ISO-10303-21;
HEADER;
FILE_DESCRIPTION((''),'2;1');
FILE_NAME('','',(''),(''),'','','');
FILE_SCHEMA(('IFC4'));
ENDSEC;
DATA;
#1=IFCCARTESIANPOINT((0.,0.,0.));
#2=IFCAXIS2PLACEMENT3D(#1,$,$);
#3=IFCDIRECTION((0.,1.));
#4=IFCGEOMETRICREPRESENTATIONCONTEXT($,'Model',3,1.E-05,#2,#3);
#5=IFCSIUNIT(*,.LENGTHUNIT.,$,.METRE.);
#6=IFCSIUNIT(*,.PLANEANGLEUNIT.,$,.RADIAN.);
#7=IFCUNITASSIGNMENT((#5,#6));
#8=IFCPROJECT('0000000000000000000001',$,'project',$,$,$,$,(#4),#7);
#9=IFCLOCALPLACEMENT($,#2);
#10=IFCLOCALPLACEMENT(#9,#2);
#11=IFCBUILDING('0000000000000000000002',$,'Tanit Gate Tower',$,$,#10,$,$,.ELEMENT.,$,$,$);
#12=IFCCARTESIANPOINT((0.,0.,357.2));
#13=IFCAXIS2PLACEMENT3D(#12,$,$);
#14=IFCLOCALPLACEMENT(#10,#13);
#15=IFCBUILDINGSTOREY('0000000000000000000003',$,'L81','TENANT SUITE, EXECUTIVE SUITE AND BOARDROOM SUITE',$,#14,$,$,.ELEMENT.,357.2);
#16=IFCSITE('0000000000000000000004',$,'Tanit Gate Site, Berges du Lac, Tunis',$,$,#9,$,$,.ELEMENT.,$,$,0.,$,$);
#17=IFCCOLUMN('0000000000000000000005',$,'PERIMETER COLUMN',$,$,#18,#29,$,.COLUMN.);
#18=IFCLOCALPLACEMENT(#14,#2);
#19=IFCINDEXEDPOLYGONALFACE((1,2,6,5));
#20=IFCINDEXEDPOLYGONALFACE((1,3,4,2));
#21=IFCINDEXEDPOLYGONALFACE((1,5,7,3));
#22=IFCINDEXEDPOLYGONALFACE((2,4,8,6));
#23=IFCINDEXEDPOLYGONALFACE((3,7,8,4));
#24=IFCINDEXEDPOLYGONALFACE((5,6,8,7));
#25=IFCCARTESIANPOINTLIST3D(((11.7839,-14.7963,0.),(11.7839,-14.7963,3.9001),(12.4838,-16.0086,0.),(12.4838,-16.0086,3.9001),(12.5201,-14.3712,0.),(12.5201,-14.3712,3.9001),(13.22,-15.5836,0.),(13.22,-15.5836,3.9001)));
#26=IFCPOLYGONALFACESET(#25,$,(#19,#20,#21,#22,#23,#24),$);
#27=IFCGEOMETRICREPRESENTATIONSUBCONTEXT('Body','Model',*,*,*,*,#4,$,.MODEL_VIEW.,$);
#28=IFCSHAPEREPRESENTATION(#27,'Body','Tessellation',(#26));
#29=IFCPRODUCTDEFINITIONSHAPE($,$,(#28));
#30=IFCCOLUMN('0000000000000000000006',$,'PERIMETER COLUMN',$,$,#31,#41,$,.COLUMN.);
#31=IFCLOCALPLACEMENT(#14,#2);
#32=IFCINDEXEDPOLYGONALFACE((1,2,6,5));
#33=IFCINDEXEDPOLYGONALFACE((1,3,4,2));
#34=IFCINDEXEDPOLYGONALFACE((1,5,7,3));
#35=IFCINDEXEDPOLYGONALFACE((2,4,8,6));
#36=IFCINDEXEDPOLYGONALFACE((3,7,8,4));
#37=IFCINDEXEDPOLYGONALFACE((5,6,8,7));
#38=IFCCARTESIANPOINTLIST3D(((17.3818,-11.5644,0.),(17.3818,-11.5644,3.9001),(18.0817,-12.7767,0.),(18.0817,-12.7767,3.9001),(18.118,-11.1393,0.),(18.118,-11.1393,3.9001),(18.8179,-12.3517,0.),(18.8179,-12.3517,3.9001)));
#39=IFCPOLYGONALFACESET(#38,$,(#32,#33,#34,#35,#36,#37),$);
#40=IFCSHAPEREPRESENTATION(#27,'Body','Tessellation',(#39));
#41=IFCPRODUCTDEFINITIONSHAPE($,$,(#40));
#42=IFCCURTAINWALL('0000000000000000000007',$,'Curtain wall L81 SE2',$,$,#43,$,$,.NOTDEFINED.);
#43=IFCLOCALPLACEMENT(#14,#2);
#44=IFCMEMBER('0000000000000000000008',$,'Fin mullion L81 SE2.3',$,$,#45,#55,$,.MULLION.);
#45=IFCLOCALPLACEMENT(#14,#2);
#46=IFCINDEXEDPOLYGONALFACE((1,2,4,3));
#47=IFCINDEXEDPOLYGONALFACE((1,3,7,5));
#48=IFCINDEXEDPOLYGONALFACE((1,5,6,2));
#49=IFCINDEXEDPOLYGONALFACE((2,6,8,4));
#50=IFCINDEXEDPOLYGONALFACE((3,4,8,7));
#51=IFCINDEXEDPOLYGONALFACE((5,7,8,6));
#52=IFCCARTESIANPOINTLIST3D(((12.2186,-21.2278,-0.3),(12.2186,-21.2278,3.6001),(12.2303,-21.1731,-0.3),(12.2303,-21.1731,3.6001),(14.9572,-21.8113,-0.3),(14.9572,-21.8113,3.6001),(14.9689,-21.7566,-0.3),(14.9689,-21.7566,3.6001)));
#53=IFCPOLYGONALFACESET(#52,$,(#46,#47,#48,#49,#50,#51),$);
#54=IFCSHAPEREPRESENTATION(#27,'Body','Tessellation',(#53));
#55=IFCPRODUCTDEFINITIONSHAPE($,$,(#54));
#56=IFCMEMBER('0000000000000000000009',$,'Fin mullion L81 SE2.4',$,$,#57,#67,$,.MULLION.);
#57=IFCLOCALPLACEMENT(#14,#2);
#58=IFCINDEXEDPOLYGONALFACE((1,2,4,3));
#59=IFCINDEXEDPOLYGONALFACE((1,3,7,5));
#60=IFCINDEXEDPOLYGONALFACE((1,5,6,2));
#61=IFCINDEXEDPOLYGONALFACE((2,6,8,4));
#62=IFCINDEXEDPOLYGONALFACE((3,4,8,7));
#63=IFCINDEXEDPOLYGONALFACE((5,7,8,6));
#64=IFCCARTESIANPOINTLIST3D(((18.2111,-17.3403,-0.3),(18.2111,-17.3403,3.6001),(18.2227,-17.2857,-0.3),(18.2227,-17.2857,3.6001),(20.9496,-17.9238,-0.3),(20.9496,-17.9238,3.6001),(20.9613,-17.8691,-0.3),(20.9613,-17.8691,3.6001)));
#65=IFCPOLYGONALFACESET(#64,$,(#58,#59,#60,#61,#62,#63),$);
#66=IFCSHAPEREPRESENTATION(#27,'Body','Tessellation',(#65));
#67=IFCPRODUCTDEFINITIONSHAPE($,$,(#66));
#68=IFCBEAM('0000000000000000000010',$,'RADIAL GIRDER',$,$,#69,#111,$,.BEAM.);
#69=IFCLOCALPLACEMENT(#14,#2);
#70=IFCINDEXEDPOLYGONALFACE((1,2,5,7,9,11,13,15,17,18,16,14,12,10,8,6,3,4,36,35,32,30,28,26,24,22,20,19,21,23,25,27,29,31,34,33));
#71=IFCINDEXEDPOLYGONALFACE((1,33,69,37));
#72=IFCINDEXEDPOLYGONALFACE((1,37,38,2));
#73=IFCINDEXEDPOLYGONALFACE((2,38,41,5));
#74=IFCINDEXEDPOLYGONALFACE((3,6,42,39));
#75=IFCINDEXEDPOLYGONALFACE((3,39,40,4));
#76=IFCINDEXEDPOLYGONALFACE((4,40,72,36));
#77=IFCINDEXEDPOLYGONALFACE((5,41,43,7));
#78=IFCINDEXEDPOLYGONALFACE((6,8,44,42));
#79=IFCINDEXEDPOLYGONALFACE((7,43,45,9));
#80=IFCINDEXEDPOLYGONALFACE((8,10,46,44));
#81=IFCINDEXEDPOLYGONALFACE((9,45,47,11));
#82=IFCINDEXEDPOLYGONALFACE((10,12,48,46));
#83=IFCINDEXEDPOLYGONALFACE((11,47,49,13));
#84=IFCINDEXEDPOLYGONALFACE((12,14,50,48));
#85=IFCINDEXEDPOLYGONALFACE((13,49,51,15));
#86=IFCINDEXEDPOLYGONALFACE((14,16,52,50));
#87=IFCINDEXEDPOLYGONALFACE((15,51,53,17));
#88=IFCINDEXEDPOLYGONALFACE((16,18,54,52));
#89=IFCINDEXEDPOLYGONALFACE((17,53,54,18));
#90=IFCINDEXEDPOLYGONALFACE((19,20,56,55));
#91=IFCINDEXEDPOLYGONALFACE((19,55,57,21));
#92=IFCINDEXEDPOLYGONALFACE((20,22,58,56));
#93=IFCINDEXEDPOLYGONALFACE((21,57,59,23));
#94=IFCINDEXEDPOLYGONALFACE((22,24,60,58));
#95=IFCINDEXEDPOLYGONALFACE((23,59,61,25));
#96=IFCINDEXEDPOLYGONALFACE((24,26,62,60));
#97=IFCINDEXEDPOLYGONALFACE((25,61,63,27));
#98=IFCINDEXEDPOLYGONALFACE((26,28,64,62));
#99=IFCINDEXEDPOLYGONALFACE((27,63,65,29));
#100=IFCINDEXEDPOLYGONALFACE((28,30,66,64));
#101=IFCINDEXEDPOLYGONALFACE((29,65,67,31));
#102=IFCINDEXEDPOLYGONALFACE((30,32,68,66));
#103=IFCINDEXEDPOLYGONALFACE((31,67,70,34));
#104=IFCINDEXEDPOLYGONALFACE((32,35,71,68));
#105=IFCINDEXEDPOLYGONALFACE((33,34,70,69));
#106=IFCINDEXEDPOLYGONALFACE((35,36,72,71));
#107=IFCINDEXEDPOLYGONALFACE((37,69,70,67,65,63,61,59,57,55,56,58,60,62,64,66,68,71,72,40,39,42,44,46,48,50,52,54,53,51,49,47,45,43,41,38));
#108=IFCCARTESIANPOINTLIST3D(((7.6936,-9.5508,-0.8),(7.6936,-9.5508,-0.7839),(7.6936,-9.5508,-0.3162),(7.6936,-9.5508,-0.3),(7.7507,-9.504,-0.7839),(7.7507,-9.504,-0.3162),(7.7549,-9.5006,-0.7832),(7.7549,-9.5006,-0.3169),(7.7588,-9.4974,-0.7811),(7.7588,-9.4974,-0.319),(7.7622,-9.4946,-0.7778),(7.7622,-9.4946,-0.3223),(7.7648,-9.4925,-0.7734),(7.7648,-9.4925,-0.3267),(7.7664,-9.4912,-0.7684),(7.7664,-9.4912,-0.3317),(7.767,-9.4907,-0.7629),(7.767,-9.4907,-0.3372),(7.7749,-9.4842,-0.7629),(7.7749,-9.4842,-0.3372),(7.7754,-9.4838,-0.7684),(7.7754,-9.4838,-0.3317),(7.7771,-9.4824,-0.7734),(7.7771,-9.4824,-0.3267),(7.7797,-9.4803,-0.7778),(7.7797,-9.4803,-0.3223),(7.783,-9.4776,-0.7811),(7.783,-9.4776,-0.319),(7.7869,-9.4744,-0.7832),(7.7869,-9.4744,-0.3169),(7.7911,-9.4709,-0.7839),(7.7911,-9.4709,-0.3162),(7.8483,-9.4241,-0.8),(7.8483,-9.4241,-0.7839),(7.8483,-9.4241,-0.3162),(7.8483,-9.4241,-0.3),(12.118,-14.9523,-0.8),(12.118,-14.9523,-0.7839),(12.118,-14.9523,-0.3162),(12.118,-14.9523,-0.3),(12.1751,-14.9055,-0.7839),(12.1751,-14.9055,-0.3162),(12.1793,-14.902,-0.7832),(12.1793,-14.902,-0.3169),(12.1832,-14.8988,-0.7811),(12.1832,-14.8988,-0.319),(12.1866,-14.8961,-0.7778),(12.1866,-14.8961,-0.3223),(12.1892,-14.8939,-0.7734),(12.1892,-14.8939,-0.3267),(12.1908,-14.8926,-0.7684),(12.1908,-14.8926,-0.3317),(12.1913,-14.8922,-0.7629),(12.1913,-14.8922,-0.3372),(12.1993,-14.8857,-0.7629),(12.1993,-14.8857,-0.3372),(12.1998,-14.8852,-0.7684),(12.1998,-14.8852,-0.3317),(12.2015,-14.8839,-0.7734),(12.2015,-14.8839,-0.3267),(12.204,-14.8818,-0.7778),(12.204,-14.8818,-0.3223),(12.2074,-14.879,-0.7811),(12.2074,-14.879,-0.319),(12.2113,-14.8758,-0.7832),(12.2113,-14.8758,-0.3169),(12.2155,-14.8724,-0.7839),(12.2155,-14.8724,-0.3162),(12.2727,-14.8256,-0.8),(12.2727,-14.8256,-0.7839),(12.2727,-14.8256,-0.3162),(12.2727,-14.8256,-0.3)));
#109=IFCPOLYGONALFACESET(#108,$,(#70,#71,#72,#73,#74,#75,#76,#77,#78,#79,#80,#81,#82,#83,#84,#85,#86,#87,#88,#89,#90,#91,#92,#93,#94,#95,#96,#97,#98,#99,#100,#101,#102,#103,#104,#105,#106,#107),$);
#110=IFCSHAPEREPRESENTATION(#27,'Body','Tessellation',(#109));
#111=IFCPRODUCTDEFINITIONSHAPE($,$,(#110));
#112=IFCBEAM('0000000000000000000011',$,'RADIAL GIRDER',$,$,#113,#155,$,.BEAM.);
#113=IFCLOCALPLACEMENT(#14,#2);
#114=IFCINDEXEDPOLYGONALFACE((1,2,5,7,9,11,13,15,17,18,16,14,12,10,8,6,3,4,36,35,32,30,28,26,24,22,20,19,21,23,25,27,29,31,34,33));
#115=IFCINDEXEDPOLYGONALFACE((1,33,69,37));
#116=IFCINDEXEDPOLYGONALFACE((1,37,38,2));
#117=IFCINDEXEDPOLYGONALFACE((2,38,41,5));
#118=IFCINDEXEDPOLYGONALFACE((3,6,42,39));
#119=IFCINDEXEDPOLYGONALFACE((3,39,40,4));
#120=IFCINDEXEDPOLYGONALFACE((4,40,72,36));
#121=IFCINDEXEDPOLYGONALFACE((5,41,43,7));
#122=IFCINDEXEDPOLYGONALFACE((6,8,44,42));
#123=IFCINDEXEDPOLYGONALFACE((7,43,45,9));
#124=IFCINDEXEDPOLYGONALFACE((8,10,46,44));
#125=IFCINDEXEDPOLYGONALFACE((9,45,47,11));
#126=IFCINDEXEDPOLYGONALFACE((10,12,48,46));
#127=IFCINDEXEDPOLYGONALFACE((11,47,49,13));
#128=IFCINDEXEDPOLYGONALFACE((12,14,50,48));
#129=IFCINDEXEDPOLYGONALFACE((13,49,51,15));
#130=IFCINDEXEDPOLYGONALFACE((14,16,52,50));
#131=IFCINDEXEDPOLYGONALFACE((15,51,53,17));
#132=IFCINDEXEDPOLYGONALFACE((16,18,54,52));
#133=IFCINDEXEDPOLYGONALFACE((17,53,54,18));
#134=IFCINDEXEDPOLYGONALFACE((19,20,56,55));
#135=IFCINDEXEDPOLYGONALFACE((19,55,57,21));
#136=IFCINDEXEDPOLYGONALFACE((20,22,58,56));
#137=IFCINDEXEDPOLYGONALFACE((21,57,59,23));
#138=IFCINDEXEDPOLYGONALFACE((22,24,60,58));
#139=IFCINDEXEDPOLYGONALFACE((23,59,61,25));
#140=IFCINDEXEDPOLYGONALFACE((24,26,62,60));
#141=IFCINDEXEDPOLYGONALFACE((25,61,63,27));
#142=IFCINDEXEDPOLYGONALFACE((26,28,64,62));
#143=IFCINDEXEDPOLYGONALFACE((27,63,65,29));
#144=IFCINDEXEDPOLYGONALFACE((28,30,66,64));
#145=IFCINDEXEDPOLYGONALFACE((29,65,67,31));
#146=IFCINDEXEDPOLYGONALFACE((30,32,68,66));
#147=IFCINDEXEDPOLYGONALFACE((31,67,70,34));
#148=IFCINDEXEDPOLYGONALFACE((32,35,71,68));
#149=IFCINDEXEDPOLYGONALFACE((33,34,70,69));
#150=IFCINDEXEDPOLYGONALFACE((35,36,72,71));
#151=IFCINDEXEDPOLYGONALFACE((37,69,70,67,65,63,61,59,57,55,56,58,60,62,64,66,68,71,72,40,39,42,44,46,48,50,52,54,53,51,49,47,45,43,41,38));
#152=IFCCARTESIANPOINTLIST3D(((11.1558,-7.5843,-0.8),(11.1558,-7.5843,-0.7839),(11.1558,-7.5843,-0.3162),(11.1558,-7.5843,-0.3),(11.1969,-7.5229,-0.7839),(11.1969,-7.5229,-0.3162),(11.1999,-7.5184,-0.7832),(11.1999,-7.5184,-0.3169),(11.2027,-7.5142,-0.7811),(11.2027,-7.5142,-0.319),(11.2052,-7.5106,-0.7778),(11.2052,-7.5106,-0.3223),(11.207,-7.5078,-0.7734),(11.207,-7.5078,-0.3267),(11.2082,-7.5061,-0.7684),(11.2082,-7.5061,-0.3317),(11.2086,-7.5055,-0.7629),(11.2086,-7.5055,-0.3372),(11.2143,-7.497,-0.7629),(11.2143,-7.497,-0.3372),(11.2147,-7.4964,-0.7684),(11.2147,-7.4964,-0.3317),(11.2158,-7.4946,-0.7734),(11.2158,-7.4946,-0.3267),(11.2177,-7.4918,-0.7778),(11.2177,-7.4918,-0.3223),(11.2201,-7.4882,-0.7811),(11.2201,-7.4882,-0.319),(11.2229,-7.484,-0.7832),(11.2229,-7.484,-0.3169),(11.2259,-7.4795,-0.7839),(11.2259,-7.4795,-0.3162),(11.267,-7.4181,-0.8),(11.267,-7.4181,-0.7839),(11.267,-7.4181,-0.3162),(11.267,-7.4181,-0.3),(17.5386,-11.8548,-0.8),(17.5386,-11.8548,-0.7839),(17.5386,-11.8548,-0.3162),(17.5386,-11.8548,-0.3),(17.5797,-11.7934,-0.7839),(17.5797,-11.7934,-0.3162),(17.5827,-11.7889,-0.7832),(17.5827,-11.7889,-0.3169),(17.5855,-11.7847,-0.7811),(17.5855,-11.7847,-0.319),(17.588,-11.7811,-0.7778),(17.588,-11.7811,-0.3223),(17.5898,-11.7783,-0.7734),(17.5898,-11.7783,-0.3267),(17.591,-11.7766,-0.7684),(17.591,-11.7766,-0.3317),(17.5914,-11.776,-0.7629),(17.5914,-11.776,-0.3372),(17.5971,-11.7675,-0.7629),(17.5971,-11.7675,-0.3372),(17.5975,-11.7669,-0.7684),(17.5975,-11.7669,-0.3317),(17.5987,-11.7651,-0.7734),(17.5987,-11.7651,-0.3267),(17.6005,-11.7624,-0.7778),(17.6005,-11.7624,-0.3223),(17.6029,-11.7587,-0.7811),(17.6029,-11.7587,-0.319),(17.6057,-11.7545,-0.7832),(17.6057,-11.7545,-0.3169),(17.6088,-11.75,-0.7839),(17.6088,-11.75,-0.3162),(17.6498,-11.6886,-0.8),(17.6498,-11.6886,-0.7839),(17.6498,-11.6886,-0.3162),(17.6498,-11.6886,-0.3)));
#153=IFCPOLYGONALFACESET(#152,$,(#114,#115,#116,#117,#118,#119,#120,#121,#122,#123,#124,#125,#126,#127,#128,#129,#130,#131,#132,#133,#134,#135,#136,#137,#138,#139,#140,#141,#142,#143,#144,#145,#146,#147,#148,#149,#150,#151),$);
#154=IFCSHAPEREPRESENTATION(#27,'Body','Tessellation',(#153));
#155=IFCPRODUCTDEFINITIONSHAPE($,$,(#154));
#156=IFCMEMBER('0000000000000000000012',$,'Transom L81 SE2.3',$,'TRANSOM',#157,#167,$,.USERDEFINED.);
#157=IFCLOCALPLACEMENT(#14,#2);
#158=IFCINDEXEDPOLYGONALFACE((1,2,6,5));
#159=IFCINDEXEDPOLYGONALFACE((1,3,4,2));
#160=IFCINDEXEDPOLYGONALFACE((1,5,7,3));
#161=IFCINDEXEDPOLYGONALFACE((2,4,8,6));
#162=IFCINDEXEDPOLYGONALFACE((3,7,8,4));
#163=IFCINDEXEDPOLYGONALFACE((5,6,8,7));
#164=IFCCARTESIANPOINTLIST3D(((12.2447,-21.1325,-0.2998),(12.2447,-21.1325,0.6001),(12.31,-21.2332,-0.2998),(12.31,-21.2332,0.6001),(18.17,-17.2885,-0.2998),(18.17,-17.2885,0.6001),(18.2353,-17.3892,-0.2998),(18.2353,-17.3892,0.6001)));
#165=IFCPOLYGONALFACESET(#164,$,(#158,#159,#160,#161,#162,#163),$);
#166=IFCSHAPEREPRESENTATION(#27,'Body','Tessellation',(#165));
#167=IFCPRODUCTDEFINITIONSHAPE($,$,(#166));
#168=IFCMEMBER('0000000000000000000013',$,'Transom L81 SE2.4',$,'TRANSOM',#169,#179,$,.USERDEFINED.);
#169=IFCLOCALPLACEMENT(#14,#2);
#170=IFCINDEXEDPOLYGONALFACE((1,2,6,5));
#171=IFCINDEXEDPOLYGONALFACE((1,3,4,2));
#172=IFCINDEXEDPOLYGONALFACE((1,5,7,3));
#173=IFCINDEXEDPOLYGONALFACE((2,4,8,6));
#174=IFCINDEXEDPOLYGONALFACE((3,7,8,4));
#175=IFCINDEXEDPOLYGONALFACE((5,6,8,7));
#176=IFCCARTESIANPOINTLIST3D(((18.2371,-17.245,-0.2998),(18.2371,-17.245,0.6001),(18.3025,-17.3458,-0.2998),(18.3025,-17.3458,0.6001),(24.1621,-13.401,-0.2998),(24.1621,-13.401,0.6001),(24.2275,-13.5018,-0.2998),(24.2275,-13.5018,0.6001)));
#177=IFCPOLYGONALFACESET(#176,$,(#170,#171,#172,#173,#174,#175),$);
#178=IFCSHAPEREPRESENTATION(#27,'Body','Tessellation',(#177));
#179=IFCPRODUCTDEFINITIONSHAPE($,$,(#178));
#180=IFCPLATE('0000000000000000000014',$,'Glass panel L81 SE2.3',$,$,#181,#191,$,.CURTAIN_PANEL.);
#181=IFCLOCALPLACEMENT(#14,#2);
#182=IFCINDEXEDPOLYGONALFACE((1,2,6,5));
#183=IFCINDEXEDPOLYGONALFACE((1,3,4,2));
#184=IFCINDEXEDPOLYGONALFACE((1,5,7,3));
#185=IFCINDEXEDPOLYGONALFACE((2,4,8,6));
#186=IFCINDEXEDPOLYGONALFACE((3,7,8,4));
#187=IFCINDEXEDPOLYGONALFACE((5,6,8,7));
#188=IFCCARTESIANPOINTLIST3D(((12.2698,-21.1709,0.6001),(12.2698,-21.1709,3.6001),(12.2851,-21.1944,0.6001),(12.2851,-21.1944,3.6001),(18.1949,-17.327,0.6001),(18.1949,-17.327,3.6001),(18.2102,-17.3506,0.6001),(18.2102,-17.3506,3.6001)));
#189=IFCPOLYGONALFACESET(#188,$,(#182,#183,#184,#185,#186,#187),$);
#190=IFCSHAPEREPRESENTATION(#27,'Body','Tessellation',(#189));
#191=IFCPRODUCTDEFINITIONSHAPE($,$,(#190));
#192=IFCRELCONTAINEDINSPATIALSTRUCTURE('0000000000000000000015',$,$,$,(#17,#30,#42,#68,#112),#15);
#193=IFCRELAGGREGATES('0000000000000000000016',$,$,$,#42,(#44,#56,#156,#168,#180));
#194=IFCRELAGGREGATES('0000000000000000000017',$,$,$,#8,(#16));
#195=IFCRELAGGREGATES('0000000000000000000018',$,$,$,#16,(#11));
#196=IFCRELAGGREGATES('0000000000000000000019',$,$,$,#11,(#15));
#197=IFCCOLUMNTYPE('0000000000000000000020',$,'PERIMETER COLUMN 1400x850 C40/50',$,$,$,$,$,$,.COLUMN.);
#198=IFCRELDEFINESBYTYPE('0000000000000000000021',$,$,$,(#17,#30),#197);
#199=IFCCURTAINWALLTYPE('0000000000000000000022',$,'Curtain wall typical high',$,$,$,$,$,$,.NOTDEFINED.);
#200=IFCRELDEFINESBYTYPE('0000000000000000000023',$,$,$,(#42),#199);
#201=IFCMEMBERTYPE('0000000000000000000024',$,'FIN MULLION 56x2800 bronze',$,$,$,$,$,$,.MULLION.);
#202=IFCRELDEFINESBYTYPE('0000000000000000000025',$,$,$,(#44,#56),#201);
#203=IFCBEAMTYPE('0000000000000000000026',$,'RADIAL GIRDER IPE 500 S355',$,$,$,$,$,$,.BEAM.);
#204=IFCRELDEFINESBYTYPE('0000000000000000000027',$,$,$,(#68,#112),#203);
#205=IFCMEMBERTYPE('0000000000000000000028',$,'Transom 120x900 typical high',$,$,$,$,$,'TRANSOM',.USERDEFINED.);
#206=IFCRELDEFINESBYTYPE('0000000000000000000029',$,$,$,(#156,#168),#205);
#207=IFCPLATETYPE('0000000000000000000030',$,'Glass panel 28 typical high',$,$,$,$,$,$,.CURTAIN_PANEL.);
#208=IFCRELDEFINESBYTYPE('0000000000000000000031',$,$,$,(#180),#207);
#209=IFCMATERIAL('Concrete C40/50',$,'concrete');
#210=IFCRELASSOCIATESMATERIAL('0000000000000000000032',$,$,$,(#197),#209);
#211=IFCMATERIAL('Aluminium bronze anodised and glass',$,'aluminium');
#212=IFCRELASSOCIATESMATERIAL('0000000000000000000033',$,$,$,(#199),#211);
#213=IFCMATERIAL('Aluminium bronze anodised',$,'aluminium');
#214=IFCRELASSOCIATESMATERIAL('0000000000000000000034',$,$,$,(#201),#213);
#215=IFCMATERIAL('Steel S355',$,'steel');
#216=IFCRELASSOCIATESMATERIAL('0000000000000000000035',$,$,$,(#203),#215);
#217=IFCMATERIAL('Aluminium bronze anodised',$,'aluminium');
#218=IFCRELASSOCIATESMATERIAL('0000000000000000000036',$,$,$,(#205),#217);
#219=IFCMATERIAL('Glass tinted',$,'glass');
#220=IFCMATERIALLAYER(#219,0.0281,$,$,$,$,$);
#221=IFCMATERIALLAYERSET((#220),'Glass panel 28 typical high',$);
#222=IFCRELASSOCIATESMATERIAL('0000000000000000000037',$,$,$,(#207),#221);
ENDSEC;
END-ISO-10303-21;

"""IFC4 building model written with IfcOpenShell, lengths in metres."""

from ifc_helpers import new_model, si_unit, direction, frame, origin, origin_2d, place, context, subcontext, project, spatial, rectangle, i_section, extrude, material, layer, layer_set, material_profile, profile_set, type_object, element, aggregate, save


model = new_model("IFC4")

# Units and contexts
model_context = context("Model", 3, precision=1e-05, world=origin(), true_north=direction((0.0, 1.0)))
body_context = subcontext(model_context, "Body", "Model", "MODEL_VIEW")
ifc_project = project(units=[si_unit("LENGTHUNIT", "METRE"), si_unit("PLANEANGLEUNIT", "RADIAN")], contexts=[model_context])

# Site, building, storey
site_placement = place(None, origin())
site = spatial("IfcSite", under=ifc_project, at=site_placement, Name="Tanit Gate Site, Berges du Lac, Tunis", CompositionType="ELEMENT", RefElevation=0.0)
building_placement = place(site_placement, origin())
building = spatial("IfcBuilding", under=site, at=building_placement, Name="Tanit Gate Tower", CompositionType="ELEMENT")
storey_placement = place(building_placement, frame((0.0, 0.0, 357.2)))
storey = spatial("IfcBuildingStorey", under=building, at=storey_placement, Name="L81", Description="TENANT SUITE, EXECUTIVE SUITE AND BOARDROOM SUITE", CompositionType="ELEMENT", Elevation=357.2)

# Columns
ifc_material_1 = material(Name="Concrete C40/50", Category="concrete")
ifc_material_profile_1 = material_profile(ifc_material_1, rectangle(XDim=1.3999, YDim=0.8501, at=origin_2d()), Name="RC 1400x850")
ifc_profile_set_1 = profile_set([ifc_material_profile_1], Name="Concrete C40/50")
column_type = type_object("IfcColumnType", Name="PERIMETER COLUMN 1400x850 C40/50", PredefinedType="COLUMN", material=ifc_profile_set_1)
for number, where, z_axis, x_axis, name in (
    (1, (12.502, -15.1899, 0.0), (0.0, 0.0, 1.0), (0.5, -0.866025, 0.0), "PERIMETER COLUMN"),
    (2, (18.0999, -11.958, 0.0), (0.0, 0.0, 1.0), (0.5, -0.866025, 0.0), "PERIMETER COLUMN"),
):
    element("IfcColumn", number, at=place(storey_placement, frame(where, z_axis=z_axis, x_axis=x_axis)), inside=storey, type_object=column_type, Name=name, PredefinedType="COLUMN", context=body_context, shape_type="SweptSolid", body=[
        extrude(rectangle(XDim=1.3999, YDim=0.8501, at=origin_2d()), origin(), (0.0, 0.0, 1.0), 3.9001),
    ])

# Curtain wall, members
ifc_material_2 = material(Name="Aluminium bronze anodised and glass", Category="aluminium")
curtain_wall_type = type_object("IfcCurtainWallType", Name="Curtain wall typical high", PredefinedType="NOTDEFINED", material=ifc_material_2)
curtain_wall_placement = place(storey_placement, origin())
curtain_wall = element("IfcCurtainWall", 3, at=curtain_wall_placement, inside=storey, type_object=curtain_wall_type, Name="Curtain wall L81 SE2", PredefinedType="NOTDEFINED")
ifc_material_3 = material(Name="Aluminium bronze anodised", Category="aluminium")
ifc_material_profile_2 = material_profile(ifc_material_3, rectangle(XDim=2.8, YDim=0.0559, at=origin_2d()), Name="56x2800 bronze fin mullion")
ifc_profile_set_2 = profile_set([ifc_material_profile_2], Name="Aluminium bronze anodised")
member_type_1 = type_object("IfcMemberType", Name="FIN MULLION 56x2800 bronze", PredefinedType="MULLION", material=ifc_profile_set_2)
member_1_placement = place(storey_placement, frame((13.5938, -21.4922, -0.3), z_axis=(0.0, 0.0, 1.0), x_axis=(-0.978049, 0.208373, 0.0)))
member_1 = element("IfcMember", 4, at=member_1_placement, type_object=member_type_1, Name="Fin mullion L81 SE2.3", PredefinedType="MULLION", context=body_context, shape_type="SweptSolid", body=[
    extrude(rectangle(XDim=2.8, YDim=0.0559, at=origin_2d()), origin(), (0.0, 0.0, 1.0), 3.9001),
])
member_2_placement = place(storey_placement, frame((19.5862, -17.6047, -0.3), z_axis=(0.0, 0.0, 1.0), x_axis=(-0.978049, 0.208373, 0.0)))
member_2 = element("IfcMember", 5, at=member_2_placement, type_object=member_type_1, Name="Fin mullion L81 SE2.4", PredefinedType="MULLION", context=body_context, shape_type="SweptSolid", body=[
    extrude(rectangle(XDim=2.8, YDim=0.0559, at=origin_2d()), origin(), (0.0, 0.0, 1.0), 3.9001),
])

# Beams
ifc_material_4 = material(Name="Steel S355", Category="steel")
ifc_material_profile_3 = material_profile(ifc_material_4, i_section(OverallWidth=0.2, OverallDepth=0.5, WebThickness=0.0103, FlangeThickness=0.0161, FilletRadius=0.021, at=origin_2d()), Name="IPE 500")
ifc_profile_set_3 = profile_set([ifc_material_profile_3], Name="Steel S355")
beam_type = type_object("IfcBeamType", Name="RADIAL GIRDER IPE 500 S355", PredefinedType="BEAM", material=ifc_profile_set_3)
beam_1_placement = place(storey_placement, frame((12.1953, -14.8889, -0.55), z_axis=(-0.633668, 0.773605, 0.0), x_axis=(-0.773605, -0.633668, 0.0)))
element("IfcBeam", 6, at=beam_1_placement, inside=storey, type_object=beam_type, Name="RADIAL GIRDER", PredefinedType="BEAM", context=body_context, shape_type="SweptSolid", body=[
    extrude(i_section(OverallWidth=0.2, OverallDepth=0.5, WebThickness=0.0103, FlangeThickness=0.0161, FilletRadius=0.021, at=origin_2d()), origin(), (0.0, 0.0, 1.0), 6.9822),
])
beam_2_placement = place(storey_placement, frame((17.5942, -11.7717, -0.55), z_axis=(-0.83113, 0.556079, 0.0), x_axis=(-0.556079, -0.83113, 0.0)))
element("IfcBeam", 7, at=beam_2_placement, inside=storey, type_object=beam_type, Name="RADIAL GIRDER", PredefinedType="BEAM", context=body_context, shape_type="SweptSolid", body=[
    extrude(i_section(OverallWidth=0.2, OverallDepth=0.5, WebThickness=0.0103, FlangeThickness=0.0161, FilletRadius=0.021, at=origin_2d()), origin(), (0.0, 0.0, 1.0), 7.6797),
])

# Members
ifc_material_5 = material(Name="Aluminium bronze anodised", Category="aluminium")
ifc_material_profile_4 = material_profile(ifc_material_5, rectangle(XDim=0.1201, YDim=0.8999, at=origin_2d()), Name="120x900 bronze transom")
ifc_profile_set_4 = profile_set([ifc_material_profile_4], Name="Aluminium bronze anodised")
member_type_2 = type_object("IfcMemberType", Name="Transom 120x900 typical high", ElementType="TRANSOM", PredefinedType="USERDEFINED", material=ifc_profile_set_4)
member_3_placement = place(storey_placement, frame((12.2773, -21.1829, 0.1501), z_axis=(0.838925, 0.544247, 0.0), x_axis=(-0.544247, 0.838925, 0.0)))
member_3 = element("IfcMember", 8, at=member_3_placement, type_object=member_type_2, Name="Transom L81 SE2.3", ObjectType="TRANSOM", PredefinedType="USERDEFINED", context=body_context, shape_type="SweptSolid", body=[
    extrude(rectangle(XDim=0.1201, YDim=0.8999, at=origin_2d()), origin(), (0.0, 0.0, 1.0), 7.063),
])
member_4_placement = place(storey_placement, frame((18.2698, -17.2954, 0.1501), z_axis=(0.838915, 0.544263, 0.0), x_axis=(-0.544263, 0.838915, 0.0)))
member_4 = element("IfcMember", 9, at=member_4_placement, type_object=member_type_2, Name="Transom L81 SE2.4", ObjectType="TRANSOM", PredefinedType="USERDEFINED", context=body_context, shape_type="SweptSolid", body=[
    extrude(rectangle(XDim=0.1201, YDim=0.8999, at=origin_2d()), origin(), (0.0, 0.0, 1.0), 7.0627),
])

# Plate
ifc_material_6 = material(Name="Glass tinted", Category="glass")
ifc_layer_1 = layer(ifc_material_6, 0.0281)
ifc_layer_set_1 = layer_set([ifc_layer_1], Name="Glass panel 28 typical high")
plate_type = type_object("IfcPlateType", Name="Glass panel 28 typical high", PredefinedType="CURTAIN_PANEL", material=ifc_layer_set_1)
plate_placement = place(storey_placement, frame((15.24, -19.2607, 0.6001), z_axis=(0.0, 0.0, 1.0), x_axis=(0.838927, 0.544243, 0.0)))
plate = element("IfcPlate", 10, at=plate_placement, type_object=plate_type, Name="Glass panel L81 SE2.3", PredefinedType="CURTAIN_PANEL", context=body_context, shape_type="SweptSolid", body=[
    extrude(rectangle(XDim=7.0627, YDim=0.0281, at=origin_2d()), origin(), (0.0, 0.0, 1.0), 3.0),
])
aggregate(curtain_wall, [member_1, member_2, member_3, member_4, plate])

save(model, "model.ifc")
